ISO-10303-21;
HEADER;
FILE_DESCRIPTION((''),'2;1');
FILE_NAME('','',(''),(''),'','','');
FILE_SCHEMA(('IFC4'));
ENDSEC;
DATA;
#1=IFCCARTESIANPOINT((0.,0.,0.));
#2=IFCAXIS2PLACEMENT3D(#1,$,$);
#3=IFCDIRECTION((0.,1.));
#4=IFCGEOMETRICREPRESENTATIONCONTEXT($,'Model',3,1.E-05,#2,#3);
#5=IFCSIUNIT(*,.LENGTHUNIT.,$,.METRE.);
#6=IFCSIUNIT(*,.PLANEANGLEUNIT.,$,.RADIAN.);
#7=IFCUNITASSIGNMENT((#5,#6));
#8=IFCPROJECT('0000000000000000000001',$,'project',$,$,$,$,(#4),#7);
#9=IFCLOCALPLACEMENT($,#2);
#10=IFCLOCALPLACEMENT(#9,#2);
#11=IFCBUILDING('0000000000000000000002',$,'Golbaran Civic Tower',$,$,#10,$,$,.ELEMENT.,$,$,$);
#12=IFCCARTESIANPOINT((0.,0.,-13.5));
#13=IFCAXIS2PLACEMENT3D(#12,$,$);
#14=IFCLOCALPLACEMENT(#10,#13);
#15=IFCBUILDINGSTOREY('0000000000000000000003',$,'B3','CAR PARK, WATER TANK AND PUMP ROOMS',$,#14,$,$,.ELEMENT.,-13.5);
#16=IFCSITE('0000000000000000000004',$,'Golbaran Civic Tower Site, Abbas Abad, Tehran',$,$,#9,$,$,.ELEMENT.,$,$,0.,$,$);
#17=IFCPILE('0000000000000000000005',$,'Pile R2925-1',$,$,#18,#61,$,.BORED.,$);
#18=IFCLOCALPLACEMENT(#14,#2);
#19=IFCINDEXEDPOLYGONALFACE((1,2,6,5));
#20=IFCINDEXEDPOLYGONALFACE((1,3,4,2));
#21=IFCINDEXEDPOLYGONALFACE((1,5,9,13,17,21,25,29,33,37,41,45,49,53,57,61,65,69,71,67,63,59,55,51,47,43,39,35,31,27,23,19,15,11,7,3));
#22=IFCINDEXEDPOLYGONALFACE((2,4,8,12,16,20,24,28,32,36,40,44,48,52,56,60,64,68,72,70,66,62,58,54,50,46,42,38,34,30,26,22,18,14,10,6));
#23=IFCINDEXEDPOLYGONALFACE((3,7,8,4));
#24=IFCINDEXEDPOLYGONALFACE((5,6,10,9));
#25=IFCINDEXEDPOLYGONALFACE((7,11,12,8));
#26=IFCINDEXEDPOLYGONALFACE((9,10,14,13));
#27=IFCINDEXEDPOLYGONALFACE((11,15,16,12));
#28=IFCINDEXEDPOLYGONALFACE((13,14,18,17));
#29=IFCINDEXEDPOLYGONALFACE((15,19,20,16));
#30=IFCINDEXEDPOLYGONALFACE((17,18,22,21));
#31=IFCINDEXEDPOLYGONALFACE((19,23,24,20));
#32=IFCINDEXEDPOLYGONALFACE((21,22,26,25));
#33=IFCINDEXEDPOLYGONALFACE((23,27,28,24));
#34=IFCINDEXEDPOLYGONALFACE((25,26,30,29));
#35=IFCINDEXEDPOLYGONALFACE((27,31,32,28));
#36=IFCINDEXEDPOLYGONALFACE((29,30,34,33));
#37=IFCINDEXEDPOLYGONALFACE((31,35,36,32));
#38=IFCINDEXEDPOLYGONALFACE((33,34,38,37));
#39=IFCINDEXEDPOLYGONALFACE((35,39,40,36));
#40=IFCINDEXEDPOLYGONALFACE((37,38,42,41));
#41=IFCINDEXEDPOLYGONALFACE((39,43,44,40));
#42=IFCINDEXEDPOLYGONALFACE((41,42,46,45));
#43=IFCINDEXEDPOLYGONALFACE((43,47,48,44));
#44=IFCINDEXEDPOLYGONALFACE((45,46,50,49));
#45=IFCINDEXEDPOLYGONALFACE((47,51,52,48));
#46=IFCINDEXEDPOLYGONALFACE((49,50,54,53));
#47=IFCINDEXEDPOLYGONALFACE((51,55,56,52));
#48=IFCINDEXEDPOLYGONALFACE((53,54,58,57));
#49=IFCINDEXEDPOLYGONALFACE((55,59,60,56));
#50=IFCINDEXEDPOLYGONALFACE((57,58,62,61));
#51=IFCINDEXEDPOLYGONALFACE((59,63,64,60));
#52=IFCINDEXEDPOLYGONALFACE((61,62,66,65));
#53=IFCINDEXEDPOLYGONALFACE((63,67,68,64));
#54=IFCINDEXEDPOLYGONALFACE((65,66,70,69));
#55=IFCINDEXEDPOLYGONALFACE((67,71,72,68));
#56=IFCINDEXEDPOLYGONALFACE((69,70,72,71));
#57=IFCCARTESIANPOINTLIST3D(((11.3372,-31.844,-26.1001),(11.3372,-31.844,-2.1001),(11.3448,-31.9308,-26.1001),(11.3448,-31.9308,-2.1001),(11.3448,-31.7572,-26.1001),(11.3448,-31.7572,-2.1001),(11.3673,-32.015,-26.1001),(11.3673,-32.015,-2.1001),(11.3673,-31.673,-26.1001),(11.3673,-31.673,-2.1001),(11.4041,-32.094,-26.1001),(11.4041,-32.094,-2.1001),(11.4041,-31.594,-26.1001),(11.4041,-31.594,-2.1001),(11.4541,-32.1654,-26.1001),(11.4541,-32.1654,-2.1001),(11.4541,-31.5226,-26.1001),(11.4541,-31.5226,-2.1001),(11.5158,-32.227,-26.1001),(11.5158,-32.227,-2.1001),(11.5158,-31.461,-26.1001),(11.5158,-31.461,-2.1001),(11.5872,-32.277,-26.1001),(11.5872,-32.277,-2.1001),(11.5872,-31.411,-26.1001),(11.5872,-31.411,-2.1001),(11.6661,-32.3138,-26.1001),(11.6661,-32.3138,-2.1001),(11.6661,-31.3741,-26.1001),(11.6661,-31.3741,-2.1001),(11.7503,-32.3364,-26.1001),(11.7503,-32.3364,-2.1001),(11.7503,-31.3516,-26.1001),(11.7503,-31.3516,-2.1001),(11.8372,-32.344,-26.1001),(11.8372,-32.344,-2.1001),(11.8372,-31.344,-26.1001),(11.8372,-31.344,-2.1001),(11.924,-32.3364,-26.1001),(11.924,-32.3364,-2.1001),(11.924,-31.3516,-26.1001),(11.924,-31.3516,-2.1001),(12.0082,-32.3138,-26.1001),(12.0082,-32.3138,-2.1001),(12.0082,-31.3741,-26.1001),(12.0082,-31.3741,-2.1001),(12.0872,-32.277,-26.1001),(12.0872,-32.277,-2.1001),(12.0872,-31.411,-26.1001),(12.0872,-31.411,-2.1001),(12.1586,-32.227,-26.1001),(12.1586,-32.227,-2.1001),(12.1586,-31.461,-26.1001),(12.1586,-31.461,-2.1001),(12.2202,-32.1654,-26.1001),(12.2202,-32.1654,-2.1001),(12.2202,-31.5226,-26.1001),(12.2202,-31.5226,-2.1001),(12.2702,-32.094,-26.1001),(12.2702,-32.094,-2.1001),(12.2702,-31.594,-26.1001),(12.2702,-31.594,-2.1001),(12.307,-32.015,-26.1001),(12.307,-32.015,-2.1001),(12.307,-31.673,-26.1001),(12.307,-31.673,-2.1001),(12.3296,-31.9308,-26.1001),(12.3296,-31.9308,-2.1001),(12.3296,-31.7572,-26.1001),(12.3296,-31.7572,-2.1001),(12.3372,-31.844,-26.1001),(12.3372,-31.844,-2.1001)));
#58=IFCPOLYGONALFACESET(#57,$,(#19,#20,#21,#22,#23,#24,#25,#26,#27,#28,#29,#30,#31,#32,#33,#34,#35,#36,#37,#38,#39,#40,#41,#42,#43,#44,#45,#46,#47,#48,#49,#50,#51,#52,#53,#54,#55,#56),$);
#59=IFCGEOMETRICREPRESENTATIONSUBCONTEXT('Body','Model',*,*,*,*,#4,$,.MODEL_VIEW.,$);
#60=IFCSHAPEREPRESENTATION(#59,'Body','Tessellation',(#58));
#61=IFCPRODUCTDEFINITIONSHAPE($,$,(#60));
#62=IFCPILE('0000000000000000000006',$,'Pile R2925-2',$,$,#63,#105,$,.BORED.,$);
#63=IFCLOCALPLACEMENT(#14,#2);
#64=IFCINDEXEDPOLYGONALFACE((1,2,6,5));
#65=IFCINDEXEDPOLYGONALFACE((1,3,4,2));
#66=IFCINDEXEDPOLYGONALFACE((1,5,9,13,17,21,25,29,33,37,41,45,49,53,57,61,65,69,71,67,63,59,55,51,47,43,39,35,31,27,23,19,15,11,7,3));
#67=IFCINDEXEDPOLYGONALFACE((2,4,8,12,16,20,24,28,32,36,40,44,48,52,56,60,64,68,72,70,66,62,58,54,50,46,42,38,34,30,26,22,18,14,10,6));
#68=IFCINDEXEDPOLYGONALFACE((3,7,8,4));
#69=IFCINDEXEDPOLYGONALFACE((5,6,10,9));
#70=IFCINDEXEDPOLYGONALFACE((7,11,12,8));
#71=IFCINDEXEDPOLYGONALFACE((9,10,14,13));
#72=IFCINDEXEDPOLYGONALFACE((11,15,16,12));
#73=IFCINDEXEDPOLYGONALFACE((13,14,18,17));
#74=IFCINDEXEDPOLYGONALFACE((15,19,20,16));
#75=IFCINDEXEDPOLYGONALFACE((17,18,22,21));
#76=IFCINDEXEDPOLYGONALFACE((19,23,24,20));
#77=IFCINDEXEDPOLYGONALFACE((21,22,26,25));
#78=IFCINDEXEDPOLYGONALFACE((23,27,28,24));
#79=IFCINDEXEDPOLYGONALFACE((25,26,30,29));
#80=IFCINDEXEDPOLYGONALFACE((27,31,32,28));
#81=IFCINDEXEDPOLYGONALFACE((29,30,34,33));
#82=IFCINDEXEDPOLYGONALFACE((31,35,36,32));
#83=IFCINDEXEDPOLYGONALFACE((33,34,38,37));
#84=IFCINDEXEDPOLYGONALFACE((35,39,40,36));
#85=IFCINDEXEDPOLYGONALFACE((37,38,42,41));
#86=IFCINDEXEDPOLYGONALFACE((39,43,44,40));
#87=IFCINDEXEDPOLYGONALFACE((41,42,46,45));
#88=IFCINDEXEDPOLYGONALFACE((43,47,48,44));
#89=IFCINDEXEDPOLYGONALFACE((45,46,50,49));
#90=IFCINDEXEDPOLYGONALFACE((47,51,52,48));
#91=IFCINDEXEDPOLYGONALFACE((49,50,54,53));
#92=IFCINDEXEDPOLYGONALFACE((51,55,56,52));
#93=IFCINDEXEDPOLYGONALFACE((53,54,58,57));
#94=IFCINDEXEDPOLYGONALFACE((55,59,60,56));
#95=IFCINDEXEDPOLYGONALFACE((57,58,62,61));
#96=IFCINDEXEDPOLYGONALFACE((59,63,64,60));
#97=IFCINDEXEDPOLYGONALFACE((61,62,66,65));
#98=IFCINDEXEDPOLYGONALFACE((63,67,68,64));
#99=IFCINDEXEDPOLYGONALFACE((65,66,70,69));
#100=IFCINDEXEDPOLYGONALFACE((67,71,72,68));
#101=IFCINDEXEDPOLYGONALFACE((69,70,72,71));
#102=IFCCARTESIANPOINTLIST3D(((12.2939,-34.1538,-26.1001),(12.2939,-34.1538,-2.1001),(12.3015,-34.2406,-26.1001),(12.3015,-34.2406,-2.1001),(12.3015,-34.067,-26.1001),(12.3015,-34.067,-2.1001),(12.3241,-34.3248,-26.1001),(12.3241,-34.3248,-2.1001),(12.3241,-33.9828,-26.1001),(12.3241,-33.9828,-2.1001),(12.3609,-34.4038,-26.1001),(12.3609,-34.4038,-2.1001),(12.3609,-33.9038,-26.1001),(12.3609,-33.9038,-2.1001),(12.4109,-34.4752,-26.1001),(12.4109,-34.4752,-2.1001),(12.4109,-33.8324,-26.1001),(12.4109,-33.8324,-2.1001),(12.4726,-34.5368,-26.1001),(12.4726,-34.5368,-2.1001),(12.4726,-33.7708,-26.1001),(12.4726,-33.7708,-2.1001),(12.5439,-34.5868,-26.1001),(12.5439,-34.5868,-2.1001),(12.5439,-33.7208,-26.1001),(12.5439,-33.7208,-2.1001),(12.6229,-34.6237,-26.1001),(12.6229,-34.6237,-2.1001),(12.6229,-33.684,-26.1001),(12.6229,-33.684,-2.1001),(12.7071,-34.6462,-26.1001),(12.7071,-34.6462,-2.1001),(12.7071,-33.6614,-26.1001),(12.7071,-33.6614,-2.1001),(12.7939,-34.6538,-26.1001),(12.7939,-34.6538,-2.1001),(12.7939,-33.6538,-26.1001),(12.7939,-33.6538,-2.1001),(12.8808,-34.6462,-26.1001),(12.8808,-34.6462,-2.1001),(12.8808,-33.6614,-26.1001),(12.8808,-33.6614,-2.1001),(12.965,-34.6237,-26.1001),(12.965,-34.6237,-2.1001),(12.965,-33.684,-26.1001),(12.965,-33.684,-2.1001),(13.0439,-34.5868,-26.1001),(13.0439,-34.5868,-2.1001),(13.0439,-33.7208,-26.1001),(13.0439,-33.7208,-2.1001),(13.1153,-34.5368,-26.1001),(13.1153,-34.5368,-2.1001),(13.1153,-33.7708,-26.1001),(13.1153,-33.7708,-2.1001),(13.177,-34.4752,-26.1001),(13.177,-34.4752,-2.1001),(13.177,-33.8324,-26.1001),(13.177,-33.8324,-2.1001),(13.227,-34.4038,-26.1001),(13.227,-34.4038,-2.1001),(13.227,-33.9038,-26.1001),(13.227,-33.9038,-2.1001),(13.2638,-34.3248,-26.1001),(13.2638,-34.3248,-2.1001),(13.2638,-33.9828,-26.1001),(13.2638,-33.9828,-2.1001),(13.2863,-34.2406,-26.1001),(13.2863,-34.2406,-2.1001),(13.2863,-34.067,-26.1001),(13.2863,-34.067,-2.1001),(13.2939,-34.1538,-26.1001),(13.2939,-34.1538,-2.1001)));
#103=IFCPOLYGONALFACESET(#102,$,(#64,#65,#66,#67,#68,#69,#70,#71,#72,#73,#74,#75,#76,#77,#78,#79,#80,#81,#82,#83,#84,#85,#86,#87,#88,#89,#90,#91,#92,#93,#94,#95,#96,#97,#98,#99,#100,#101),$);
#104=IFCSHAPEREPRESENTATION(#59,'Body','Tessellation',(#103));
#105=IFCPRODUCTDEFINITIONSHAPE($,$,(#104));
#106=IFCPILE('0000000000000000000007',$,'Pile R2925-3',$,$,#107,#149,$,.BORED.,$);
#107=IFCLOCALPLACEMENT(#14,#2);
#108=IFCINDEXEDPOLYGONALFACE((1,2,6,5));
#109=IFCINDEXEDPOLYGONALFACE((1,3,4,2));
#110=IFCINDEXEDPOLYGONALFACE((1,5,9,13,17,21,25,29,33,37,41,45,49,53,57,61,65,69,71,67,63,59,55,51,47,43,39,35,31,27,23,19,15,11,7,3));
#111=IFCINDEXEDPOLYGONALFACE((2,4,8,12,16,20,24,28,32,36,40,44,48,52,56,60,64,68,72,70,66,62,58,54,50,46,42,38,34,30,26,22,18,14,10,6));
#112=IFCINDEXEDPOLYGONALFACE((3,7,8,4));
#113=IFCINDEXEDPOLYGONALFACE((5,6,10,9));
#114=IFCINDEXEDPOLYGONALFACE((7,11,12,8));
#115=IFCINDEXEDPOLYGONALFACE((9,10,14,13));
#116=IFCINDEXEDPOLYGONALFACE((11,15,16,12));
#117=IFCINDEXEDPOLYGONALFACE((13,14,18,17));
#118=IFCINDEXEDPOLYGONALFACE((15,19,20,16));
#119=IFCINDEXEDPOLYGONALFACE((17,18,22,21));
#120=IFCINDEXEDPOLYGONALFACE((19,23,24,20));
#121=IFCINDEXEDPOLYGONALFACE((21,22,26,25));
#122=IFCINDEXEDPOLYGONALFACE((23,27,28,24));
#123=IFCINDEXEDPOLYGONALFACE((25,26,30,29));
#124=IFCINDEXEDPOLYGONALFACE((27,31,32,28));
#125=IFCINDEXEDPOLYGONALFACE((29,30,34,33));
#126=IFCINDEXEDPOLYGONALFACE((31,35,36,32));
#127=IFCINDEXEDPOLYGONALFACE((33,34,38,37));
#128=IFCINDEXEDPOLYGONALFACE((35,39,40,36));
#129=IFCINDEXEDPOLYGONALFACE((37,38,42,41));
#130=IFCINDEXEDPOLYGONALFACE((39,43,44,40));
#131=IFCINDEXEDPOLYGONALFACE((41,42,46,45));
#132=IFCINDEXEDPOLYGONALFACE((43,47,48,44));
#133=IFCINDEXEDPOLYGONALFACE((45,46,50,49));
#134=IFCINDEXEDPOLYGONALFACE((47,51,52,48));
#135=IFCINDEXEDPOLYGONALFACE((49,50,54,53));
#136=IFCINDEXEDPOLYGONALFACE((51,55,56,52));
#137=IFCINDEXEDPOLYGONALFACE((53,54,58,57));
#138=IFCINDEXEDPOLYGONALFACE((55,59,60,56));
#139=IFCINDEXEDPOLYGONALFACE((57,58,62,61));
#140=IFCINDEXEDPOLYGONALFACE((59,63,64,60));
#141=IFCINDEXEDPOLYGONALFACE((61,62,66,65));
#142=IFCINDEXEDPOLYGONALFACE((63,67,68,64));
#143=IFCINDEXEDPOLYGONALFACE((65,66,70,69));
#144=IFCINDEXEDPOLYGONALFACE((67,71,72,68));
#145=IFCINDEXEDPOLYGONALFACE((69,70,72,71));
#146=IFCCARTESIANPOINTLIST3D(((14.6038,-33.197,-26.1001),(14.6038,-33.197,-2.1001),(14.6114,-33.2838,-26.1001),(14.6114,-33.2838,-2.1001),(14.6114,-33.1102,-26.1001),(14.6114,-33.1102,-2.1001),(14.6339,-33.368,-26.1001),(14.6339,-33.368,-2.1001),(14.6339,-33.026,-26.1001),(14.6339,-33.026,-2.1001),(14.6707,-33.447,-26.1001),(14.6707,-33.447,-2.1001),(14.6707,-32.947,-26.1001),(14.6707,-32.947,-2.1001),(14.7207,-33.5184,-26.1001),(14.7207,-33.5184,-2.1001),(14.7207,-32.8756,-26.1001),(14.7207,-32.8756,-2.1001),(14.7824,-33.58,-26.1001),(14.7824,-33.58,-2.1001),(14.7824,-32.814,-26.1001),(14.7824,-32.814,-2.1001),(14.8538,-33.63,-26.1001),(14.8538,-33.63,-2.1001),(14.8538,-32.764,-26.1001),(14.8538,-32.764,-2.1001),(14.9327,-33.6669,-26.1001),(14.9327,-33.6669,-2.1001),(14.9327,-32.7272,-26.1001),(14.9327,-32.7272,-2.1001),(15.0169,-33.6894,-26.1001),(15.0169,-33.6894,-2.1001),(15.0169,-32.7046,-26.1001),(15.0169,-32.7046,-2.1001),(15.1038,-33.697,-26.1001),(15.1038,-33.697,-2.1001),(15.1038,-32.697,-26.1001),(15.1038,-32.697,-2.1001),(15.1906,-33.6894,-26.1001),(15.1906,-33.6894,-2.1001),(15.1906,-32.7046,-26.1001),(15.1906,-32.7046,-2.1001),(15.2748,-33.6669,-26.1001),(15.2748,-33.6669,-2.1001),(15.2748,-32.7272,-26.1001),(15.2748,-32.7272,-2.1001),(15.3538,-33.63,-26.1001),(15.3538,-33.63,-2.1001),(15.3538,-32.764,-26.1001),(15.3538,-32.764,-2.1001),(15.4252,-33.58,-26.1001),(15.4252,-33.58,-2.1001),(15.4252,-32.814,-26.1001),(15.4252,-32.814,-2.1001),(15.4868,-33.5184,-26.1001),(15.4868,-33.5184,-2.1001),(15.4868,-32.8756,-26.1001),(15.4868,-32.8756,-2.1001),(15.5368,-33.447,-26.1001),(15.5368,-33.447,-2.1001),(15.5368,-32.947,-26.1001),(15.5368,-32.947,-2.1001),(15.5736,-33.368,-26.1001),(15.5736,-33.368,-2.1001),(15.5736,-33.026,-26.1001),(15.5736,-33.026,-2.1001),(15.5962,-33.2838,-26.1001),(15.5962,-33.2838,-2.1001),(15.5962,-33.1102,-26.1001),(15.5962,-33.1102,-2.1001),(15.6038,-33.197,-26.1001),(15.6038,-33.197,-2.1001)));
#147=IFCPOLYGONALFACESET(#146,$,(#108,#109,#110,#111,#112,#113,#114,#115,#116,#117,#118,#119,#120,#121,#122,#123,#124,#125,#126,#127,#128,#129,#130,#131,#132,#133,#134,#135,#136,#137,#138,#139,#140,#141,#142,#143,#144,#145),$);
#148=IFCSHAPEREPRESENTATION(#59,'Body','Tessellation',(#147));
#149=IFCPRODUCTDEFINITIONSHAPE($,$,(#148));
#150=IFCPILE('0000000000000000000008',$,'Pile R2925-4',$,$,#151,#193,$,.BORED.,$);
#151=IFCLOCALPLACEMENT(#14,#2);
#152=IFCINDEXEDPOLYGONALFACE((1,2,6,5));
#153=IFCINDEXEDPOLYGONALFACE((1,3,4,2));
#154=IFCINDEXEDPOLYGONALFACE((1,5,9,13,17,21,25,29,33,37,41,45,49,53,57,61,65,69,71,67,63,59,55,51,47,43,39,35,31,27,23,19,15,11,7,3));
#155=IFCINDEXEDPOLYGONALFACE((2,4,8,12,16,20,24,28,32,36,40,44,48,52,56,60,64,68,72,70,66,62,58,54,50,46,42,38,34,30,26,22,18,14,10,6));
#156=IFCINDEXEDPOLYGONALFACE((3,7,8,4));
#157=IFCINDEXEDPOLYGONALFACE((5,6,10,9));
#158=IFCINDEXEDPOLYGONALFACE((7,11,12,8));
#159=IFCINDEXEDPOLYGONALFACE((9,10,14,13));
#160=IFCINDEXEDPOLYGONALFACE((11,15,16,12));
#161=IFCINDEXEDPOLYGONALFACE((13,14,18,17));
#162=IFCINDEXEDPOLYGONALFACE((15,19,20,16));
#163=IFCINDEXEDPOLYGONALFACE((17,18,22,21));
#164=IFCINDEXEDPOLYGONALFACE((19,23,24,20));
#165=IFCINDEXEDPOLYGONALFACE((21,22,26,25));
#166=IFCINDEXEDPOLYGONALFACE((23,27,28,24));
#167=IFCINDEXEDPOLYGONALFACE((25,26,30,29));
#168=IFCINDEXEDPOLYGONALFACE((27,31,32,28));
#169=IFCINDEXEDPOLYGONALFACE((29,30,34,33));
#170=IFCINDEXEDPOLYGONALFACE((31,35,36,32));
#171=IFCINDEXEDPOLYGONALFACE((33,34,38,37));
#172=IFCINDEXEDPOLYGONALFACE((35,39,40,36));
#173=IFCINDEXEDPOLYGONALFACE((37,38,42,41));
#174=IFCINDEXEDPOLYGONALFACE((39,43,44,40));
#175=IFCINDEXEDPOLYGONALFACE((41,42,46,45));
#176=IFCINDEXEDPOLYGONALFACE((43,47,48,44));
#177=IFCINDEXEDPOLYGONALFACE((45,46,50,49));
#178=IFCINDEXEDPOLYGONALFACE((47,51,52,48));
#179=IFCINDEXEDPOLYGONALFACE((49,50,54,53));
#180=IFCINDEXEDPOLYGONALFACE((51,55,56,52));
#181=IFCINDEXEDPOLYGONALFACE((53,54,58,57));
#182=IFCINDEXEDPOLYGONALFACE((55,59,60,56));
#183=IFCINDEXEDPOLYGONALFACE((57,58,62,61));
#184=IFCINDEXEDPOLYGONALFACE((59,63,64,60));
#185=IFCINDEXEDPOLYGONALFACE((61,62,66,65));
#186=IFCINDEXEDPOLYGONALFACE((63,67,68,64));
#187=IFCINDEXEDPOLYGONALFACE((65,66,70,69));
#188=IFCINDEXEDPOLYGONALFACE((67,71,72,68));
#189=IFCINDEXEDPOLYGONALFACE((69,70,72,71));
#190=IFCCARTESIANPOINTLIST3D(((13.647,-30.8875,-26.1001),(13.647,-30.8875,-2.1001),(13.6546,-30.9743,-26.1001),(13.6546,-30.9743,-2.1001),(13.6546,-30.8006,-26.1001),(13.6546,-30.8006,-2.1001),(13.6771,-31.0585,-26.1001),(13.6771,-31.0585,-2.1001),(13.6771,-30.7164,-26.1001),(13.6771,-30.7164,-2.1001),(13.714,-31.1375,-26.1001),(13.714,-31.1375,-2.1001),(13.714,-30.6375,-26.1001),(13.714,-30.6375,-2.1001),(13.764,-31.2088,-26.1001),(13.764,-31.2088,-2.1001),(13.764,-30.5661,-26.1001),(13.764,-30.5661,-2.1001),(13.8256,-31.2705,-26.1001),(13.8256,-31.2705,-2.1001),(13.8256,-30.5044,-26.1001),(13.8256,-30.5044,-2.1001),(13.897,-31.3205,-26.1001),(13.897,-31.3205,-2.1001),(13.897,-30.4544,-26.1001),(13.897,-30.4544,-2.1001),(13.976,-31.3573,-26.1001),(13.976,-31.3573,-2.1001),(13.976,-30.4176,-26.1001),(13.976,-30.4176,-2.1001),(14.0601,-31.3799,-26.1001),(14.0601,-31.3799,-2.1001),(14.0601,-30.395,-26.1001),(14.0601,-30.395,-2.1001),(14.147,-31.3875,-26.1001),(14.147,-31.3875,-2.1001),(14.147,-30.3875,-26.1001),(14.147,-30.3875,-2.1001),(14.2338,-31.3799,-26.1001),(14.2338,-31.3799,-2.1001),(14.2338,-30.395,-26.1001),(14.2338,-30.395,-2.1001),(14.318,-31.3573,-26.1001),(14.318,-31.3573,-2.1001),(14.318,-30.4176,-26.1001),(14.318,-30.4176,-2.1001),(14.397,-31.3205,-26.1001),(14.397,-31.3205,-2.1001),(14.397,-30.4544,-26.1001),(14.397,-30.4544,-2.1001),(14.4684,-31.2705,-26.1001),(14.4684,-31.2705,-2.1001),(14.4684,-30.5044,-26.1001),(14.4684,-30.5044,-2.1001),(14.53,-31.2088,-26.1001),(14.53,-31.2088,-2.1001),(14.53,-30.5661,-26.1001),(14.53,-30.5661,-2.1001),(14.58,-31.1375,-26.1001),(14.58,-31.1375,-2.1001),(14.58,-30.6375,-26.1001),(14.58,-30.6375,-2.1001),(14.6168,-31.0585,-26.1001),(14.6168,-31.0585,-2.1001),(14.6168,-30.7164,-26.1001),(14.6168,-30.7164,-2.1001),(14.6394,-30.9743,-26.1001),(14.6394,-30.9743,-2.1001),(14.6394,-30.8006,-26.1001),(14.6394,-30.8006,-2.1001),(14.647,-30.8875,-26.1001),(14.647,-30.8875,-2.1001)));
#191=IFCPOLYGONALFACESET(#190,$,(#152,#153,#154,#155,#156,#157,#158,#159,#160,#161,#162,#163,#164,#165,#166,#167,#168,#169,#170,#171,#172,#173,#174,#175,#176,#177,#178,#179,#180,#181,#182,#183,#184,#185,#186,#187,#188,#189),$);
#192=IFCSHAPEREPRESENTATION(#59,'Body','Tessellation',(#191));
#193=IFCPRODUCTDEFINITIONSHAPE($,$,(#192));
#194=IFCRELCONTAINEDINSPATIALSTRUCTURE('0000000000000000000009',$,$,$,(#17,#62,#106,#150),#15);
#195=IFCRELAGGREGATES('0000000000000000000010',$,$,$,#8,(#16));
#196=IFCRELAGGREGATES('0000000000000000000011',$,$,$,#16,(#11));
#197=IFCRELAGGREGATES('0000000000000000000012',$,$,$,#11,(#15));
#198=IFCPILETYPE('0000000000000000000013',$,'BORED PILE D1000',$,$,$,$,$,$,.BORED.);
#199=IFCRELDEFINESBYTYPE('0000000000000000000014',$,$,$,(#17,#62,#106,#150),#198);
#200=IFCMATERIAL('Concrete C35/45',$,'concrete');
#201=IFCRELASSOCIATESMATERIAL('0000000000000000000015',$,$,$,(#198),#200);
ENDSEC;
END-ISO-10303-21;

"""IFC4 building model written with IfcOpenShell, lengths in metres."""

from ifc_helpers import new_model, si_unit, direction, frame, origin, origin_2d, place, context, subcontext, project, spatial, circle, extrude, material, material_profile, profile_set, type_object, element, save


model = new_model("IFC4")

# Units and contexts
model_context = context("Model", 3, precision=1e-05, world=origin(), true_north=direction((0.0, 1.0)))
body_context = subcontext(model_context, "Body", "Model", "MODEL_VIEW")
ifc_project = project(units=[si_unit("LENGTHUNIT", "METRE"), si_unit("PLANEANGLEUNIT", "RADIAN")], contexts=[model_context])

# Site, building, storey
site_placement = place(None, origin())
site = spatial("IfcSite", under=ifc_project, at=site_placement, Name="Golbaran Civic Tower Site, Abbas Abad, Tehran", CompositionType="ELEMENT", RefElevation=0.0)
building_placement = place(site_placement, origin())
building = spatial("IfcBuilding", under=site, at=building_placement, Name="Golbaran Civic Tower", CompositionType="ELEMENT")
storey_placement = place(building_placement, frame((0.0, 0.0, -13.5)))
storey = spatial("IfcBuildingStorey", under=building, at=storey_placement, Name="B3", Description="CAR PARK, WATER TANK AND PUMP ROOMS", CompositionType="ELEMENT", Elevation=-13.5)

# Piles
ifc_material_1 = material(Name="Concrete C35/45", Category="concrete")
ifc_material_profile_1 = material_profile(ifc_material_1, circle(Radius=0.5, at=origin_2d()), Name="BORED PILE D1000")
ifc_profile_set_1 = profile_set([ifc_material_profile_1], Name="Concrete C35/45")
pile_type_1 = type_object("IfcPileType", Name="BORED PILE D1000", PredefinedType="BORED", material=ifc_profile_set_1)
for number, where, z_axis, x_axis, name in (
    (1, (11.8372, -31.844, -2.1001), (0.0, 0.0, -1.0), (1.0, 0.0, 0.0), "Pile R2925-1"),
    (2, (12.7939, -34.1538, -2.1001), (0.0, 0.0, -1.0), (1.0, 0.0, 0.0), "Pile R2925-2"),
    (3, (15.1038, -33.197, -2.1001), (0.0, 0.0, -1.0), (1.0, 0.0, 0.0), "Pile R2925-3"),
    (4, (14.147, -30.8875, -2.1001), (0.0, 0.0, -1.0), (1.0, 0.0, 0.0), "Pile R2925-4"),
):
    element("IfcPile", number, at=place(storey_placement, frame(where, z_axis=z_axis, x_axis=x_axis)), inside=storey, type_object=pile_type_1, Name=name, PredefinedType="BORED", context=body_context, shape_type="SweptSolid", body=[
        extrude(circle(Radius=0.5, at=origin_2d()), origin(), (0.0, 0.0, 1.0), 24.0),
    ])

save(model, "model.ifc")
